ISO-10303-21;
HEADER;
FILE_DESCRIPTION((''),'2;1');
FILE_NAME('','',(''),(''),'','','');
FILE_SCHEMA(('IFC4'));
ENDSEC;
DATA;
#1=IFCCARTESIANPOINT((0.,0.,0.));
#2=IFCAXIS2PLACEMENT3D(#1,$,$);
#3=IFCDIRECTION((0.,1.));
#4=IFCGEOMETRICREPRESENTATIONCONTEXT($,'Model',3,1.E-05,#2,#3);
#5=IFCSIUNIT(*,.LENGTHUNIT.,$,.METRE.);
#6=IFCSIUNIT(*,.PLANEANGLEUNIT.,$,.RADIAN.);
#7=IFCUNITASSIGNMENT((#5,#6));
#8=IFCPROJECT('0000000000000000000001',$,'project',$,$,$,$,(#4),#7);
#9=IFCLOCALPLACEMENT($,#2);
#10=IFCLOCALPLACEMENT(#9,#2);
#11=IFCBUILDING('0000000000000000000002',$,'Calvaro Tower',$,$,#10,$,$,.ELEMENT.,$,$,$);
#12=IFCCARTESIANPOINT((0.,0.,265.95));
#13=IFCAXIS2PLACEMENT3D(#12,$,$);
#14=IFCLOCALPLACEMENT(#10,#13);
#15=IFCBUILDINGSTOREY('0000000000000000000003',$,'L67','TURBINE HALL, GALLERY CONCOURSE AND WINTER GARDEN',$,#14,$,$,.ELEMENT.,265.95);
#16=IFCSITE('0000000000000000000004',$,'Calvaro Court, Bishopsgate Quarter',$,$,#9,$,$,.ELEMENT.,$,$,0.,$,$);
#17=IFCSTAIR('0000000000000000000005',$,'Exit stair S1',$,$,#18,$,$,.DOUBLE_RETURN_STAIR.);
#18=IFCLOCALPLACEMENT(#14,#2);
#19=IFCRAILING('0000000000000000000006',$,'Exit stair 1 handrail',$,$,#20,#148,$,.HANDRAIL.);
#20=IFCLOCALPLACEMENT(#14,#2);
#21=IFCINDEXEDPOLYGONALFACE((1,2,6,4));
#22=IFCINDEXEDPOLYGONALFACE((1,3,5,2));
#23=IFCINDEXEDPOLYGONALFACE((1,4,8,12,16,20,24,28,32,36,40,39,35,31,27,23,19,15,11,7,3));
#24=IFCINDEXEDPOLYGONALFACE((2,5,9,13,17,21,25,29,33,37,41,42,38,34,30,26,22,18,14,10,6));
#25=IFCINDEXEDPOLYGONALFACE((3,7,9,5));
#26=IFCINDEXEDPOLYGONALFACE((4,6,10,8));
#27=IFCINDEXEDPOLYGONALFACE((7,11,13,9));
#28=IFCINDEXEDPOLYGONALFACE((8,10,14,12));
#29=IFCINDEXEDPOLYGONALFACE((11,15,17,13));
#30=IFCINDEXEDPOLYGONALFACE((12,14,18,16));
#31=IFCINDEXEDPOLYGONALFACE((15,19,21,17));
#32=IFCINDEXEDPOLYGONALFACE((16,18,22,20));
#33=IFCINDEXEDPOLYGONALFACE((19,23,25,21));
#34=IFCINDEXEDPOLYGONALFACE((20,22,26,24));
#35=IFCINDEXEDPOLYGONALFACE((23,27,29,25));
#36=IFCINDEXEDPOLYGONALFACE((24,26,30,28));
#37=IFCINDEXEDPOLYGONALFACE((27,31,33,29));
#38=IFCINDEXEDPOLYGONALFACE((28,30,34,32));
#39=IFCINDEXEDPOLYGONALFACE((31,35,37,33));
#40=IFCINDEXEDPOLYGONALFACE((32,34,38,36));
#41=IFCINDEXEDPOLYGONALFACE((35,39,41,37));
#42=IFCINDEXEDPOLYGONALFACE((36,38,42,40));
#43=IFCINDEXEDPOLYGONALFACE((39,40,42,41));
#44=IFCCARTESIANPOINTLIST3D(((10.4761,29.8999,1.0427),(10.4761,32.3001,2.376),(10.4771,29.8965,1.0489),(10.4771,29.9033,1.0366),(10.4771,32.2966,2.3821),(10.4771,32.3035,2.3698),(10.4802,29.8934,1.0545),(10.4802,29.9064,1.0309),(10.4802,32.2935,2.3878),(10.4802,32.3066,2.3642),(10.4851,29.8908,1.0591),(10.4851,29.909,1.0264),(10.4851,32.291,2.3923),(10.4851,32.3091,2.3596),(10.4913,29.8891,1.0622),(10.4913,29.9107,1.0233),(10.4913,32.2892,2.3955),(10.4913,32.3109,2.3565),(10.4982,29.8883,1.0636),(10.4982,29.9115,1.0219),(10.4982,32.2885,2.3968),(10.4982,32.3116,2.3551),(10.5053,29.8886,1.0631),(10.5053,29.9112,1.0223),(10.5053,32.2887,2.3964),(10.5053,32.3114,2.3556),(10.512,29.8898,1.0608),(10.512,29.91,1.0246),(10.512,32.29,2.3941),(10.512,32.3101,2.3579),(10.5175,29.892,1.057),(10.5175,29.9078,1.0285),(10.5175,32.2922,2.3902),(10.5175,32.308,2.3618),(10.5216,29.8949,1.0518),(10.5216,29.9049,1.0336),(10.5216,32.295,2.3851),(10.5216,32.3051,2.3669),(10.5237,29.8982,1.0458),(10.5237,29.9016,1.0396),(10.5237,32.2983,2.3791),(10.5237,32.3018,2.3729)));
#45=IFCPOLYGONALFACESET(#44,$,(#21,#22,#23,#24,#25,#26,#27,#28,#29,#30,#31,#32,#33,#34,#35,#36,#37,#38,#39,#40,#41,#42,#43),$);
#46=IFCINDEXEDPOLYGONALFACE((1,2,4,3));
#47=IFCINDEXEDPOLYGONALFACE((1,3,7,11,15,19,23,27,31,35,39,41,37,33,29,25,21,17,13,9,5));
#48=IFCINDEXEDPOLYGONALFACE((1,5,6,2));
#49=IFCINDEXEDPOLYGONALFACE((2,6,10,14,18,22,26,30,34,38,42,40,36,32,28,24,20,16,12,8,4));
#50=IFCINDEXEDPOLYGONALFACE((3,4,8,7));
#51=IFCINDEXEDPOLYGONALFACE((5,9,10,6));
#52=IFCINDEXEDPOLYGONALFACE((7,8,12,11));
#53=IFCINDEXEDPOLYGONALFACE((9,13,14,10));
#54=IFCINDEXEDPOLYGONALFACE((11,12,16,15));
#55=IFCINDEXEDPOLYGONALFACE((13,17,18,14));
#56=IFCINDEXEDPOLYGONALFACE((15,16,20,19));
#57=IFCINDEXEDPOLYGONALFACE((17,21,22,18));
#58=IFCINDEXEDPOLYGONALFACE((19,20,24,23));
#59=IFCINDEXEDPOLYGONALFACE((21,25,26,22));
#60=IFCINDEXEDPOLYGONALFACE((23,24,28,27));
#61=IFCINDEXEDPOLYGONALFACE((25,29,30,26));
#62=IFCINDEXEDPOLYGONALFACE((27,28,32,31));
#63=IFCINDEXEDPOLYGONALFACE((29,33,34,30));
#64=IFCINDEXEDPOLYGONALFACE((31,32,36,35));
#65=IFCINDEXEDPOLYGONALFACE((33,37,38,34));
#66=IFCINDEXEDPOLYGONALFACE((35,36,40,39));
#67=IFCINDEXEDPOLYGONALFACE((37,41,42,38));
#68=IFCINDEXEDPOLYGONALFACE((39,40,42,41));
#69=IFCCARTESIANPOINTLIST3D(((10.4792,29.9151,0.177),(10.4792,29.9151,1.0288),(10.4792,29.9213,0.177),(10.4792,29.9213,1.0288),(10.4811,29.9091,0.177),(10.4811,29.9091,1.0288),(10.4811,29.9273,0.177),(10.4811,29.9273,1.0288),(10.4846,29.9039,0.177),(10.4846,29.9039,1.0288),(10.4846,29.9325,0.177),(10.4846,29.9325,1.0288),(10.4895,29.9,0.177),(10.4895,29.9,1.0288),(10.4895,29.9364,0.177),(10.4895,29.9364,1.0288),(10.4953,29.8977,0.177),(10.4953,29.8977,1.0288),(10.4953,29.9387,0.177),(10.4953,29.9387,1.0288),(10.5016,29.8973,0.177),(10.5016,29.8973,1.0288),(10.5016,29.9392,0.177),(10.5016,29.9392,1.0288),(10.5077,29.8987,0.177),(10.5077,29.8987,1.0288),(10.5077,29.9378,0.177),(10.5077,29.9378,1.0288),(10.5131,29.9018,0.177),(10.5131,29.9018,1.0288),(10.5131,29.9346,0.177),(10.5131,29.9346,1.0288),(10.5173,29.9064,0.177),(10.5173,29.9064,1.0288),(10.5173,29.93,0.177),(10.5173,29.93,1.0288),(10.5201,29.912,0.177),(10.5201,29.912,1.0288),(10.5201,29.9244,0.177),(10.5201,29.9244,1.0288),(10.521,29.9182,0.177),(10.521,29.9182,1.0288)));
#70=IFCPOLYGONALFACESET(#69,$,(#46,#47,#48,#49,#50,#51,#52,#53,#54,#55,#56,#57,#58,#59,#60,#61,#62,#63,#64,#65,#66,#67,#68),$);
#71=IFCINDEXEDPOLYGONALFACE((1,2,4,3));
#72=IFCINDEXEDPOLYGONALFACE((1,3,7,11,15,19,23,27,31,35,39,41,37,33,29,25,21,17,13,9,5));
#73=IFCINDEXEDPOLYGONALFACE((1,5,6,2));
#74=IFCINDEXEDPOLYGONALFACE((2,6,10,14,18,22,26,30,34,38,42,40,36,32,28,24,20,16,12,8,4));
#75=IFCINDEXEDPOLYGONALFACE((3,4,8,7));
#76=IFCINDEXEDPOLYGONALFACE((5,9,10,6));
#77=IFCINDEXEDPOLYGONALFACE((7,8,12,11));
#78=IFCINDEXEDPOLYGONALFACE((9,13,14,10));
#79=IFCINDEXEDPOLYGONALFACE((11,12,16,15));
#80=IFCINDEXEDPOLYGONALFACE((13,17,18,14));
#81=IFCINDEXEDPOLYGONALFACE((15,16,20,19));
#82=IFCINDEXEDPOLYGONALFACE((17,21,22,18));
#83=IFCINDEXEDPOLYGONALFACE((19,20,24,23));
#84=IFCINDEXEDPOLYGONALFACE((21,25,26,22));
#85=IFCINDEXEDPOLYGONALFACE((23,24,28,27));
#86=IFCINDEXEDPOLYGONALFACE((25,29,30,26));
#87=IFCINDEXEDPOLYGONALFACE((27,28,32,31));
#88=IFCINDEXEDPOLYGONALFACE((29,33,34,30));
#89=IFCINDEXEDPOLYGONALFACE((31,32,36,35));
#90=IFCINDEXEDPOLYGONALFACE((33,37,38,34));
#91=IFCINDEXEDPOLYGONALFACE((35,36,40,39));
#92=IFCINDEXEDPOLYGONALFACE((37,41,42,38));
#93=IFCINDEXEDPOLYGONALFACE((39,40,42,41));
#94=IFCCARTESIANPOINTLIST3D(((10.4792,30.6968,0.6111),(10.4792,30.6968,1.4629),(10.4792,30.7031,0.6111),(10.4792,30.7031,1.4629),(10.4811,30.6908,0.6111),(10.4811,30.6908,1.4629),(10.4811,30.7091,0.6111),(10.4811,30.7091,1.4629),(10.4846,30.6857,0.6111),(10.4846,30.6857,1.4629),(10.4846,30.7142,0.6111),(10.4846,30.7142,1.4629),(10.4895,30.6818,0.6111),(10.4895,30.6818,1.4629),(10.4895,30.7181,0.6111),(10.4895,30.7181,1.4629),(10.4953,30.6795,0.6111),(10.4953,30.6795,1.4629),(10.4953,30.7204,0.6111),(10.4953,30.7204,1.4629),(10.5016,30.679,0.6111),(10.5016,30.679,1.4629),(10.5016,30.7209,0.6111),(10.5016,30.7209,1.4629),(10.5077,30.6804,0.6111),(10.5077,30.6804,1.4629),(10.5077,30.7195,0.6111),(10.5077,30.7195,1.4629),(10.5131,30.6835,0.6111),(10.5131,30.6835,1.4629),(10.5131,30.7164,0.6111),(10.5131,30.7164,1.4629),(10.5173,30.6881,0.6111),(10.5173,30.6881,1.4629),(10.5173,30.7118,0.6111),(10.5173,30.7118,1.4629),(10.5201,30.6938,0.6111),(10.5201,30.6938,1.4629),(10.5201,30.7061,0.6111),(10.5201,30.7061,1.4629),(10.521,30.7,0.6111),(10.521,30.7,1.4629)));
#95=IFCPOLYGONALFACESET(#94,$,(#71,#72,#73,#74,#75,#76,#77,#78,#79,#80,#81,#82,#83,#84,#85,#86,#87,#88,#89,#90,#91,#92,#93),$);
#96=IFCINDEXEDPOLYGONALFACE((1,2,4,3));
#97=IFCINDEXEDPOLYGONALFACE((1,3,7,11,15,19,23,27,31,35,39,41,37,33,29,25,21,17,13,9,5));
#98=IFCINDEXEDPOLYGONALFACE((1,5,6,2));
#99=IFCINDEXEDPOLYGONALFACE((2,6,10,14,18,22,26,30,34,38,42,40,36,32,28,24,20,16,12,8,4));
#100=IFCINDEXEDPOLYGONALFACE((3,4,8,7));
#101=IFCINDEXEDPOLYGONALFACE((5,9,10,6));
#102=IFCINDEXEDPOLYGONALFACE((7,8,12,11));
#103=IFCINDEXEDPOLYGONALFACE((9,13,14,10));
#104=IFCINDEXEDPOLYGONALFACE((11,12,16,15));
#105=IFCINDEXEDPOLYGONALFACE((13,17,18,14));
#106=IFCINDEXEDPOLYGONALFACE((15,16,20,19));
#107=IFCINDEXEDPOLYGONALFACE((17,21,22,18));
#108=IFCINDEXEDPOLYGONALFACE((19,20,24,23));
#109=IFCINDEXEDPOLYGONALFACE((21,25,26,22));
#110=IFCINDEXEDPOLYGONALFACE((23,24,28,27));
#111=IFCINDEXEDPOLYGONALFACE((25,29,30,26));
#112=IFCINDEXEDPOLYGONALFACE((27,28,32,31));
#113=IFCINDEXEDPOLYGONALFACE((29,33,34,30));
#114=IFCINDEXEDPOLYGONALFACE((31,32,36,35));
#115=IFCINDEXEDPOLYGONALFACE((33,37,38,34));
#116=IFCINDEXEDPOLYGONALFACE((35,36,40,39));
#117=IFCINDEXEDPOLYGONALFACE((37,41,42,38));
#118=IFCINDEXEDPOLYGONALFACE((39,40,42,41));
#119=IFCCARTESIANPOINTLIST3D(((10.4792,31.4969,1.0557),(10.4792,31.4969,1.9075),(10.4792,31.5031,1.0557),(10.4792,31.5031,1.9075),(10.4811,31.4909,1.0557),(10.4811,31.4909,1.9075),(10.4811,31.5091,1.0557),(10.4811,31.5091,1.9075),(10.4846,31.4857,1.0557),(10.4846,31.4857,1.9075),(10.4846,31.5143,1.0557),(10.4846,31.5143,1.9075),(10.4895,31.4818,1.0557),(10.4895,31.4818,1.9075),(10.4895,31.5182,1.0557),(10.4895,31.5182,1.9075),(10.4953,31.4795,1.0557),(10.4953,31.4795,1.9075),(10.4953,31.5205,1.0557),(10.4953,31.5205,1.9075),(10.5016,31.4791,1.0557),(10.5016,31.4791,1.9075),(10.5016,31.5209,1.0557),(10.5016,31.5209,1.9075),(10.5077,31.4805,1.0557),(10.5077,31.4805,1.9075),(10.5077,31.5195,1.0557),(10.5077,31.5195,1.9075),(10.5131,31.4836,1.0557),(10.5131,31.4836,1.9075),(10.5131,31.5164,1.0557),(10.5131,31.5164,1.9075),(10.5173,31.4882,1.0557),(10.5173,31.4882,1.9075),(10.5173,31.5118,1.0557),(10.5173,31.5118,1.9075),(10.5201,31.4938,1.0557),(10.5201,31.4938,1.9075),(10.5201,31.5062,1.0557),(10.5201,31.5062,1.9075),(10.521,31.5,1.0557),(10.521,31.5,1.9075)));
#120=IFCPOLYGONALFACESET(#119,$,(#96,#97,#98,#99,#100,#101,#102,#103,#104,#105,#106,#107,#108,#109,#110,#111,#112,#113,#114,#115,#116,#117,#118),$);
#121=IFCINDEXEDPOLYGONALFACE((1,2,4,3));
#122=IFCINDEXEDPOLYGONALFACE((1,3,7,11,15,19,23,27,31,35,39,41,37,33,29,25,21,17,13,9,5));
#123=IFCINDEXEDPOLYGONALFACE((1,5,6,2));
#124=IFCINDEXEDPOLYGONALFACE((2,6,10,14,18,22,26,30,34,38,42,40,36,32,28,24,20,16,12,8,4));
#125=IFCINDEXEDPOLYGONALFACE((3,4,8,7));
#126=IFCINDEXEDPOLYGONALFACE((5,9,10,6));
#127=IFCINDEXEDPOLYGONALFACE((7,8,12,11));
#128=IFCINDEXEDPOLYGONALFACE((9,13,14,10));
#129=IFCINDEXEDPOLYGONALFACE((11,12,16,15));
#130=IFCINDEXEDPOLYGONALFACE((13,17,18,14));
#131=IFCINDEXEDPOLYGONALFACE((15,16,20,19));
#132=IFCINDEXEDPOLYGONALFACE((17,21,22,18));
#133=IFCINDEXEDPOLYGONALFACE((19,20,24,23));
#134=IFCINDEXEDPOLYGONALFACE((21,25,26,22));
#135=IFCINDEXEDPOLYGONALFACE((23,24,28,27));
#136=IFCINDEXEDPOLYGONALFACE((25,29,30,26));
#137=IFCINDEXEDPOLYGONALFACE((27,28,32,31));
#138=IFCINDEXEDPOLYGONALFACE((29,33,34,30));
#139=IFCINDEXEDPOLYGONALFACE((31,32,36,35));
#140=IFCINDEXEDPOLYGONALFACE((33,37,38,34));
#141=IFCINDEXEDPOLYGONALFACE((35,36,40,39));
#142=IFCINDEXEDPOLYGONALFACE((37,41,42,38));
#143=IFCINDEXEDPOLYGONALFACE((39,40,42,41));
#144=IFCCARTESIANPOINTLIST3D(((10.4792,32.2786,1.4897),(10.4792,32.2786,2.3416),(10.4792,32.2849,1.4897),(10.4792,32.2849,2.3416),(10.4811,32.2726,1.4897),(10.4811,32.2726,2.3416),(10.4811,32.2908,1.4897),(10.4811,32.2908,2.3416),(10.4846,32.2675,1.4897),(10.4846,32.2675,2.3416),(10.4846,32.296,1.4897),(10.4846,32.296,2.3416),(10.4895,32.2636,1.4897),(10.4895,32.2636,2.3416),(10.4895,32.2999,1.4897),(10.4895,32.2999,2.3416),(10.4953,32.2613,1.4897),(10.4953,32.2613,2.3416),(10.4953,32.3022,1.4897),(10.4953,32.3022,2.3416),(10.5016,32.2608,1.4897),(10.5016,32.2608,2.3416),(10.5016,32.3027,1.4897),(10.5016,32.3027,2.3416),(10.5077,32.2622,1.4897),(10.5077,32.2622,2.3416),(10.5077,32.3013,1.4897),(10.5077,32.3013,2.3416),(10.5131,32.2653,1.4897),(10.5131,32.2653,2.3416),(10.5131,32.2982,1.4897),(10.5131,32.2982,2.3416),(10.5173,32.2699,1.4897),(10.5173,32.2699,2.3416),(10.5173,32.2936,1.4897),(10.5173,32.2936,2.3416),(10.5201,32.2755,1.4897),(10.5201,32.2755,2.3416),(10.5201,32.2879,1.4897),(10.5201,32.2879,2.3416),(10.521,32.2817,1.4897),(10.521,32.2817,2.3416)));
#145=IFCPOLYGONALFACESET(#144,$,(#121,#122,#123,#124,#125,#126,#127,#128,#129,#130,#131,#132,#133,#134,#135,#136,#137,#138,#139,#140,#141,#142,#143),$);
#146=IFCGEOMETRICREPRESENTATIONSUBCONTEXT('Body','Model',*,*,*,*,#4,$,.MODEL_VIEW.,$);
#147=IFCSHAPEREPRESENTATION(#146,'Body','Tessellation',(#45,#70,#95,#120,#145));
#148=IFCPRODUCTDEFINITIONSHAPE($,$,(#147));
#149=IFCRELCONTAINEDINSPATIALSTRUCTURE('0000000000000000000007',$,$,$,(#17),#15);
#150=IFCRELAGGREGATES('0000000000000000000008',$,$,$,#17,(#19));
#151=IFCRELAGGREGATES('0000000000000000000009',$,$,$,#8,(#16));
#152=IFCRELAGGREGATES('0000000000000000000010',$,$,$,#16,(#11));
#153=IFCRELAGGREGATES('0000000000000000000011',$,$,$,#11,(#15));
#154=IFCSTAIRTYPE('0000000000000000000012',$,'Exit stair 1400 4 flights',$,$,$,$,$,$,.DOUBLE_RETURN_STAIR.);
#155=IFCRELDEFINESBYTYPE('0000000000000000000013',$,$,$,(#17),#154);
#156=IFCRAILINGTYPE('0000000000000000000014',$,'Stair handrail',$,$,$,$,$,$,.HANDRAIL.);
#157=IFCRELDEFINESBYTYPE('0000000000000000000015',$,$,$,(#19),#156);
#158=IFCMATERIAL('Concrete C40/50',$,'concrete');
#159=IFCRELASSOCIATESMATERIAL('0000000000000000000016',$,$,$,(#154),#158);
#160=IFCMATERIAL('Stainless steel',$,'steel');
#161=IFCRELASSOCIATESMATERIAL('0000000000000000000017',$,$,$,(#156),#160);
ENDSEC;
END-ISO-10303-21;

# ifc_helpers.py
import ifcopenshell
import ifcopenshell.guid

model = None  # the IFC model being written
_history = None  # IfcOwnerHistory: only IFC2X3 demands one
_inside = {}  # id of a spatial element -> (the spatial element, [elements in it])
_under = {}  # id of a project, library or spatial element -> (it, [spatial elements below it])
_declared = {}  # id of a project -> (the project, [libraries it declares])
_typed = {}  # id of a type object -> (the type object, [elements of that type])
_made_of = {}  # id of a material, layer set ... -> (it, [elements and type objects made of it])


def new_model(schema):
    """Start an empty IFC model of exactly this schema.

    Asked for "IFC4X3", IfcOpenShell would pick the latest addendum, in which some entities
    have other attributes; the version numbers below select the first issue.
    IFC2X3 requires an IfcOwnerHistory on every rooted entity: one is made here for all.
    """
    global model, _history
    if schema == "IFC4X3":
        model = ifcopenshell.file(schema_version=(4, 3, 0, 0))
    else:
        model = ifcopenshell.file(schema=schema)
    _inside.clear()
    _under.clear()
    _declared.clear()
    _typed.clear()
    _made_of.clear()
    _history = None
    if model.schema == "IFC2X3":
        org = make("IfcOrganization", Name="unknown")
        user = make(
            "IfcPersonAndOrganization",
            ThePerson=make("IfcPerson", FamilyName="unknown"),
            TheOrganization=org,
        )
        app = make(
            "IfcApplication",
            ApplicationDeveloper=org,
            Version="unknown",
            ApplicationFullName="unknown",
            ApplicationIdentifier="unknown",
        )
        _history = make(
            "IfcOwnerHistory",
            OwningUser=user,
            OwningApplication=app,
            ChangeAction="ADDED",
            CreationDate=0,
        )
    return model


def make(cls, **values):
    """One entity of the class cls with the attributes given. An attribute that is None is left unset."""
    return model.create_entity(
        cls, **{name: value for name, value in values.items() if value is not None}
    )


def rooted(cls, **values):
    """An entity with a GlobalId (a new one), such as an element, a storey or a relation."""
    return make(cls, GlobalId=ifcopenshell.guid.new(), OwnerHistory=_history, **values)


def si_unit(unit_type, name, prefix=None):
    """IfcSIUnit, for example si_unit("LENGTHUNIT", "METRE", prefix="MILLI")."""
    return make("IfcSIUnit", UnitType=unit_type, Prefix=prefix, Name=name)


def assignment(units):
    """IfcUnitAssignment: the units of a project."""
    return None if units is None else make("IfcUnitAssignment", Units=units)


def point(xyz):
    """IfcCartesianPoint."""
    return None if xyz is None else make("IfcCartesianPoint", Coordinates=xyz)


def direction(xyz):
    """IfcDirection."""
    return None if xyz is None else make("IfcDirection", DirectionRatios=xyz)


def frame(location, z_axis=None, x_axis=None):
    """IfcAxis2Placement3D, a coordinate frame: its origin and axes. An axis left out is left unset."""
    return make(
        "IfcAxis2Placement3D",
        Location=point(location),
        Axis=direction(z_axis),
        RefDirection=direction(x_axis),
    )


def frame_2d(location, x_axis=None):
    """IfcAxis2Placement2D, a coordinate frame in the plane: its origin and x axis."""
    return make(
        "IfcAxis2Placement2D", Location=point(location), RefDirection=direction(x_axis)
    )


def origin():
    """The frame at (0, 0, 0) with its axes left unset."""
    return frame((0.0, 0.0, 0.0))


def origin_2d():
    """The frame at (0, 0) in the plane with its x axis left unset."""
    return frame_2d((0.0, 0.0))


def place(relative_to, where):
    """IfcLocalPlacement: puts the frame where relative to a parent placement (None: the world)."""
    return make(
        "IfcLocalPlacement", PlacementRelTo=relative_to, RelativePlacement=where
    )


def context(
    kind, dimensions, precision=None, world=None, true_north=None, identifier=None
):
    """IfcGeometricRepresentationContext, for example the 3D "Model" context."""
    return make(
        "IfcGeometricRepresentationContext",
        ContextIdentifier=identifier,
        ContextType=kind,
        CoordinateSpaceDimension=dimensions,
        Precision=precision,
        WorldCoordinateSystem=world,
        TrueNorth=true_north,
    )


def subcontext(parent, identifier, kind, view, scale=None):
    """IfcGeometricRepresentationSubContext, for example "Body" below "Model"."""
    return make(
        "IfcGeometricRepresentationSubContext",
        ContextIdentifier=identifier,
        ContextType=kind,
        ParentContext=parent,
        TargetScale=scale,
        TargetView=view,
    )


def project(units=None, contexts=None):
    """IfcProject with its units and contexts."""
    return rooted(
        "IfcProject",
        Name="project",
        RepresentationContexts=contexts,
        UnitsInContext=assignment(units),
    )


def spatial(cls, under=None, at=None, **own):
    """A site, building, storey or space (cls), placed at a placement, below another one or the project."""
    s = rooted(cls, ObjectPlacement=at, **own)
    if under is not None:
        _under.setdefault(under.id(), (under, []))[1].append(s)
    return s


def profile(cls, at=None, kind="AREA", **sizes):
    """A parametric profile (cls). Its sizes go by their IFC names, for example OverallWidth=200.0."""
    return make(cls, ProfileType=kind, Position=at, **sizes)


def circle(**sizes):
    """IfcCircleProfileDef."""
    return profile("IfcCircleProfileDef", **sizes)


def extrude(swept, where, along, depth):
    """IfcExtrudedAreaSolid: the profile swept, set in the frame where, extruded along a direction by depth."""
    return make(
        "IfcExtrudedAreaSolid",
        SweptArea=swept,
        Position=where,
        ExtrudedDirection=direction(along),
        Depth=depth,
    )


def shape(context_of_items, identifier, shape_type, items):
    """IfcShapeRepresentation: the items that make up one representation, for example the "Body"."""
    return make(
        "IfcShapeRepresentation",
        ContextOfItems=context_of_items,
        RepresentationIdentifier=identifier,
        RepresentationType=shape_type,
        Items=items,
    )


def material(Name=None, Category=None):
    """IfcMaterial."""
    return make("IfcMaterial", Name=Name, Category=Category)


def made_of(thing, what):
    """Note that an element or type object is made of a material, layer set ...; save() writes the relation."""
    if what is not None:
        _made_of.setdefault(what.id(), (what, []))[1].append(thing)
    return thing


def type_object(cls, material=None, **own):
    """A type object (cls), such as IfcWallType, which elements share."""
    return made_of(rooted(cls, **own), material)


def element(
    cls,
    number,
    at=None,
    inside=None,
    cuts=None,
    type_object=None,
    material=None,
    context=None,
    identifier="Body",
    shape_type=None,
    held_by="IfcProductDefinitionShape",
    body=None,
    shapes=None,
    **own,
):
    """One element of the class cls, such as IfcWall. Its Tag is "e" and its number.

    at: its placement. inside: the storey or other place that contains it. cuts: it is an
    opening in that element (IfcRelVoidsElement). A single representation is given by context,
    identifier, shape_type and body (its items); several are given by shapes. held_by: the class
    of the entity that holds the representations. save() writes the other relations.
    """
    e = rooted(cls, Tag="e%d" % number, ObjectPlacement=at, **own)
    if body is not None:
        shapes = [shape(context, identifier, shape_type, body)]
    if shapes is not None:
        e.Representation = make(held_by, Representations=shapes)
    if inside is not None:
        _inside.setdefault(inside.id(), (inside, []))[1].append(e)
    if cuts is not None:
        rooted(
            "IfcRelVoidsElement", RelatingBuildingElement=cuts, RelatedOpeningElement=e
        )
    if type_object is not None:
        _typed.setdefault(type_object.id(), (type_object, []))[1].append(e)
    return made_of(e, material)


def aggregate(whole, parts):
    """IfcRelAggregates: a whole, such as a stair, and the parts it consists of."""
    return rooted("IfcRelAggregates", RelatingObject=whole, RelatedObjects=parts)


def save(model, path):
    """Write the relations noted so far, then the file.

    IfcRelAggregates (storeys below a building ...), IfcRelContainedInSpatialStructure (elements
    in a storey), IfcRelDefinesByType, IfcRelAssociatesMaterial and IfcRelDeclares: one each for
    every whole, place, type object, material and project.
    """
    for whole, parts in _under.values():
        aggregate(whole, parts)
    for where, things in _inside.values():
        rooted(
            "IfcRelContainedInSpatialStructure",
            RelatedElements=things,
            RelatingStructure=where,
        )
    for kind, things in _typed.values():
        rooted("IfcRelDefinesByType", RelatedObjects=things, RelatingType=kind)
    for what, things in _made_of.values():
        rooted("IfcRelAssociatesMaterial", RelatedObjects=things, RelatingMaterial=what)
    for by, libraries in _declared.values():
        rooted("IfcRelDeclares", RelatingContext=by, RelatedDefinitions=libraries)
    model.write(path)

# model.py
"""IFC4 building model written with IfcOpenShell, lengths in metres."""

from ifc_helpers import new_model, si_unit, direction, frame, origin, origin_2d, place, context, subcontext, project, spatial, circle, extrude, material, type_object, element, aggregate, save


model = new_model("IFC4")

# Units and contexts
model_context = context("Model", 3, precision=1e-05, world=origin(), true_north=direction((0.0, 1.0)))
body_context = subcontext(model_context, "Body", "Model", "MODEL_VIEW")
ifc_project = project(units=[si_unit("LENGTHUNIT", "METRE"), si_unit("PLANEANGLEUNIT", "RADIAN")], contexts=[model_context])

# Site, building, storey
site_placement = place(None, origin())
site = spatial("IfcSite", under=ifc_project, at=site_placement, Name="Calvaro Court, Bishopsgate Quarter", CompositionType="ELEMENT", RefElevation=0.0)
building_placement = place(site_placement, origin())
building = spatial("IfcBuilding", under=site, at=building_placement, Name="Calvaro Tower", CompositionType="ELEMENT")
storey_placement = place(building_placement, frame((0.0, 0.0, 265.95)))
storey = spatial("IfcBuildingStorey", under=building, at=storey_placement, Name="L67", Description="TURBINE HALL, GALLERY CONCOURSE AND WINTER GARDEN", CompositionType="ELEMENT", Elevation=265.95)

# Stair, railing
ifc_material_1 = material(Name="Concrete C40/50", Category="concrete")
stair_type = type_object("IfcStairType", Name="Exit stair 1400 4 flights", PredefinedType="DOUBLE_RETURN_STAIR", material=ifc_material_1)
stair_placement = place(storey_placement, origin())
stair = element("IfcStair", 1, at=stair_placement, inside=storey, type_object=stair_type, Name="Exit stair S1", PredefinedType="DOUBLE_RETURN_STAIR")
ifc_material_2 = material(Name="Stainless steel", Category="steel")
railing_type = type_object("IfcRailingType", Name="Stair handrail", PredefinedType="HANDRAIL", material=ifc_material_2)
railing_1_placement = place(storey_placement, frame((10.5, 29.8999, 0.1667)))
railing_1 = element("IfcRailing", 2, at=railing_1_placement, type_object=railing_type, Name="Exit stair 1 handrail", PredefinedType="HANDRAIL", context=body_context, shape_type="SweptSolid", body=[
    extrude(circle(Radius=0.0239, at=origin_2d()), frame((0.0, 0.0, 0.876), z_axis=(0.0, 0.874182, 0.485598), x_axis=(-1.0, 0.0, 0.0)), (0.0, 0.0, 1.0), 2.7456),
    extrude(circle(Radius=0.021, at=origin_2d()), frame((0.0, 0.0183, 0.0103)), (0.0, 0.0, 1.0), 0.8518),
    extrude(circle(Radius=0.021, at=origin_2d()), frame((0.0, 0.8, 0.4443)), (0.0, 0.0, 1.0), 0.8518),
    extrude(circle(Radius=0.021, at=origin_2d()), frame((0.0, 1.6001, 0.8889)), (0.0, 0.0, 1.0), 0.8518),
    extrude(circle(Radius=0.021, at=origin_2d()), frame((0.0, 2.3818, 1.323)), (0.0, 0.0, 1.0), 0.8518),
])
aggregate(stair, [railing_1])

save(model, "model.ifc")
